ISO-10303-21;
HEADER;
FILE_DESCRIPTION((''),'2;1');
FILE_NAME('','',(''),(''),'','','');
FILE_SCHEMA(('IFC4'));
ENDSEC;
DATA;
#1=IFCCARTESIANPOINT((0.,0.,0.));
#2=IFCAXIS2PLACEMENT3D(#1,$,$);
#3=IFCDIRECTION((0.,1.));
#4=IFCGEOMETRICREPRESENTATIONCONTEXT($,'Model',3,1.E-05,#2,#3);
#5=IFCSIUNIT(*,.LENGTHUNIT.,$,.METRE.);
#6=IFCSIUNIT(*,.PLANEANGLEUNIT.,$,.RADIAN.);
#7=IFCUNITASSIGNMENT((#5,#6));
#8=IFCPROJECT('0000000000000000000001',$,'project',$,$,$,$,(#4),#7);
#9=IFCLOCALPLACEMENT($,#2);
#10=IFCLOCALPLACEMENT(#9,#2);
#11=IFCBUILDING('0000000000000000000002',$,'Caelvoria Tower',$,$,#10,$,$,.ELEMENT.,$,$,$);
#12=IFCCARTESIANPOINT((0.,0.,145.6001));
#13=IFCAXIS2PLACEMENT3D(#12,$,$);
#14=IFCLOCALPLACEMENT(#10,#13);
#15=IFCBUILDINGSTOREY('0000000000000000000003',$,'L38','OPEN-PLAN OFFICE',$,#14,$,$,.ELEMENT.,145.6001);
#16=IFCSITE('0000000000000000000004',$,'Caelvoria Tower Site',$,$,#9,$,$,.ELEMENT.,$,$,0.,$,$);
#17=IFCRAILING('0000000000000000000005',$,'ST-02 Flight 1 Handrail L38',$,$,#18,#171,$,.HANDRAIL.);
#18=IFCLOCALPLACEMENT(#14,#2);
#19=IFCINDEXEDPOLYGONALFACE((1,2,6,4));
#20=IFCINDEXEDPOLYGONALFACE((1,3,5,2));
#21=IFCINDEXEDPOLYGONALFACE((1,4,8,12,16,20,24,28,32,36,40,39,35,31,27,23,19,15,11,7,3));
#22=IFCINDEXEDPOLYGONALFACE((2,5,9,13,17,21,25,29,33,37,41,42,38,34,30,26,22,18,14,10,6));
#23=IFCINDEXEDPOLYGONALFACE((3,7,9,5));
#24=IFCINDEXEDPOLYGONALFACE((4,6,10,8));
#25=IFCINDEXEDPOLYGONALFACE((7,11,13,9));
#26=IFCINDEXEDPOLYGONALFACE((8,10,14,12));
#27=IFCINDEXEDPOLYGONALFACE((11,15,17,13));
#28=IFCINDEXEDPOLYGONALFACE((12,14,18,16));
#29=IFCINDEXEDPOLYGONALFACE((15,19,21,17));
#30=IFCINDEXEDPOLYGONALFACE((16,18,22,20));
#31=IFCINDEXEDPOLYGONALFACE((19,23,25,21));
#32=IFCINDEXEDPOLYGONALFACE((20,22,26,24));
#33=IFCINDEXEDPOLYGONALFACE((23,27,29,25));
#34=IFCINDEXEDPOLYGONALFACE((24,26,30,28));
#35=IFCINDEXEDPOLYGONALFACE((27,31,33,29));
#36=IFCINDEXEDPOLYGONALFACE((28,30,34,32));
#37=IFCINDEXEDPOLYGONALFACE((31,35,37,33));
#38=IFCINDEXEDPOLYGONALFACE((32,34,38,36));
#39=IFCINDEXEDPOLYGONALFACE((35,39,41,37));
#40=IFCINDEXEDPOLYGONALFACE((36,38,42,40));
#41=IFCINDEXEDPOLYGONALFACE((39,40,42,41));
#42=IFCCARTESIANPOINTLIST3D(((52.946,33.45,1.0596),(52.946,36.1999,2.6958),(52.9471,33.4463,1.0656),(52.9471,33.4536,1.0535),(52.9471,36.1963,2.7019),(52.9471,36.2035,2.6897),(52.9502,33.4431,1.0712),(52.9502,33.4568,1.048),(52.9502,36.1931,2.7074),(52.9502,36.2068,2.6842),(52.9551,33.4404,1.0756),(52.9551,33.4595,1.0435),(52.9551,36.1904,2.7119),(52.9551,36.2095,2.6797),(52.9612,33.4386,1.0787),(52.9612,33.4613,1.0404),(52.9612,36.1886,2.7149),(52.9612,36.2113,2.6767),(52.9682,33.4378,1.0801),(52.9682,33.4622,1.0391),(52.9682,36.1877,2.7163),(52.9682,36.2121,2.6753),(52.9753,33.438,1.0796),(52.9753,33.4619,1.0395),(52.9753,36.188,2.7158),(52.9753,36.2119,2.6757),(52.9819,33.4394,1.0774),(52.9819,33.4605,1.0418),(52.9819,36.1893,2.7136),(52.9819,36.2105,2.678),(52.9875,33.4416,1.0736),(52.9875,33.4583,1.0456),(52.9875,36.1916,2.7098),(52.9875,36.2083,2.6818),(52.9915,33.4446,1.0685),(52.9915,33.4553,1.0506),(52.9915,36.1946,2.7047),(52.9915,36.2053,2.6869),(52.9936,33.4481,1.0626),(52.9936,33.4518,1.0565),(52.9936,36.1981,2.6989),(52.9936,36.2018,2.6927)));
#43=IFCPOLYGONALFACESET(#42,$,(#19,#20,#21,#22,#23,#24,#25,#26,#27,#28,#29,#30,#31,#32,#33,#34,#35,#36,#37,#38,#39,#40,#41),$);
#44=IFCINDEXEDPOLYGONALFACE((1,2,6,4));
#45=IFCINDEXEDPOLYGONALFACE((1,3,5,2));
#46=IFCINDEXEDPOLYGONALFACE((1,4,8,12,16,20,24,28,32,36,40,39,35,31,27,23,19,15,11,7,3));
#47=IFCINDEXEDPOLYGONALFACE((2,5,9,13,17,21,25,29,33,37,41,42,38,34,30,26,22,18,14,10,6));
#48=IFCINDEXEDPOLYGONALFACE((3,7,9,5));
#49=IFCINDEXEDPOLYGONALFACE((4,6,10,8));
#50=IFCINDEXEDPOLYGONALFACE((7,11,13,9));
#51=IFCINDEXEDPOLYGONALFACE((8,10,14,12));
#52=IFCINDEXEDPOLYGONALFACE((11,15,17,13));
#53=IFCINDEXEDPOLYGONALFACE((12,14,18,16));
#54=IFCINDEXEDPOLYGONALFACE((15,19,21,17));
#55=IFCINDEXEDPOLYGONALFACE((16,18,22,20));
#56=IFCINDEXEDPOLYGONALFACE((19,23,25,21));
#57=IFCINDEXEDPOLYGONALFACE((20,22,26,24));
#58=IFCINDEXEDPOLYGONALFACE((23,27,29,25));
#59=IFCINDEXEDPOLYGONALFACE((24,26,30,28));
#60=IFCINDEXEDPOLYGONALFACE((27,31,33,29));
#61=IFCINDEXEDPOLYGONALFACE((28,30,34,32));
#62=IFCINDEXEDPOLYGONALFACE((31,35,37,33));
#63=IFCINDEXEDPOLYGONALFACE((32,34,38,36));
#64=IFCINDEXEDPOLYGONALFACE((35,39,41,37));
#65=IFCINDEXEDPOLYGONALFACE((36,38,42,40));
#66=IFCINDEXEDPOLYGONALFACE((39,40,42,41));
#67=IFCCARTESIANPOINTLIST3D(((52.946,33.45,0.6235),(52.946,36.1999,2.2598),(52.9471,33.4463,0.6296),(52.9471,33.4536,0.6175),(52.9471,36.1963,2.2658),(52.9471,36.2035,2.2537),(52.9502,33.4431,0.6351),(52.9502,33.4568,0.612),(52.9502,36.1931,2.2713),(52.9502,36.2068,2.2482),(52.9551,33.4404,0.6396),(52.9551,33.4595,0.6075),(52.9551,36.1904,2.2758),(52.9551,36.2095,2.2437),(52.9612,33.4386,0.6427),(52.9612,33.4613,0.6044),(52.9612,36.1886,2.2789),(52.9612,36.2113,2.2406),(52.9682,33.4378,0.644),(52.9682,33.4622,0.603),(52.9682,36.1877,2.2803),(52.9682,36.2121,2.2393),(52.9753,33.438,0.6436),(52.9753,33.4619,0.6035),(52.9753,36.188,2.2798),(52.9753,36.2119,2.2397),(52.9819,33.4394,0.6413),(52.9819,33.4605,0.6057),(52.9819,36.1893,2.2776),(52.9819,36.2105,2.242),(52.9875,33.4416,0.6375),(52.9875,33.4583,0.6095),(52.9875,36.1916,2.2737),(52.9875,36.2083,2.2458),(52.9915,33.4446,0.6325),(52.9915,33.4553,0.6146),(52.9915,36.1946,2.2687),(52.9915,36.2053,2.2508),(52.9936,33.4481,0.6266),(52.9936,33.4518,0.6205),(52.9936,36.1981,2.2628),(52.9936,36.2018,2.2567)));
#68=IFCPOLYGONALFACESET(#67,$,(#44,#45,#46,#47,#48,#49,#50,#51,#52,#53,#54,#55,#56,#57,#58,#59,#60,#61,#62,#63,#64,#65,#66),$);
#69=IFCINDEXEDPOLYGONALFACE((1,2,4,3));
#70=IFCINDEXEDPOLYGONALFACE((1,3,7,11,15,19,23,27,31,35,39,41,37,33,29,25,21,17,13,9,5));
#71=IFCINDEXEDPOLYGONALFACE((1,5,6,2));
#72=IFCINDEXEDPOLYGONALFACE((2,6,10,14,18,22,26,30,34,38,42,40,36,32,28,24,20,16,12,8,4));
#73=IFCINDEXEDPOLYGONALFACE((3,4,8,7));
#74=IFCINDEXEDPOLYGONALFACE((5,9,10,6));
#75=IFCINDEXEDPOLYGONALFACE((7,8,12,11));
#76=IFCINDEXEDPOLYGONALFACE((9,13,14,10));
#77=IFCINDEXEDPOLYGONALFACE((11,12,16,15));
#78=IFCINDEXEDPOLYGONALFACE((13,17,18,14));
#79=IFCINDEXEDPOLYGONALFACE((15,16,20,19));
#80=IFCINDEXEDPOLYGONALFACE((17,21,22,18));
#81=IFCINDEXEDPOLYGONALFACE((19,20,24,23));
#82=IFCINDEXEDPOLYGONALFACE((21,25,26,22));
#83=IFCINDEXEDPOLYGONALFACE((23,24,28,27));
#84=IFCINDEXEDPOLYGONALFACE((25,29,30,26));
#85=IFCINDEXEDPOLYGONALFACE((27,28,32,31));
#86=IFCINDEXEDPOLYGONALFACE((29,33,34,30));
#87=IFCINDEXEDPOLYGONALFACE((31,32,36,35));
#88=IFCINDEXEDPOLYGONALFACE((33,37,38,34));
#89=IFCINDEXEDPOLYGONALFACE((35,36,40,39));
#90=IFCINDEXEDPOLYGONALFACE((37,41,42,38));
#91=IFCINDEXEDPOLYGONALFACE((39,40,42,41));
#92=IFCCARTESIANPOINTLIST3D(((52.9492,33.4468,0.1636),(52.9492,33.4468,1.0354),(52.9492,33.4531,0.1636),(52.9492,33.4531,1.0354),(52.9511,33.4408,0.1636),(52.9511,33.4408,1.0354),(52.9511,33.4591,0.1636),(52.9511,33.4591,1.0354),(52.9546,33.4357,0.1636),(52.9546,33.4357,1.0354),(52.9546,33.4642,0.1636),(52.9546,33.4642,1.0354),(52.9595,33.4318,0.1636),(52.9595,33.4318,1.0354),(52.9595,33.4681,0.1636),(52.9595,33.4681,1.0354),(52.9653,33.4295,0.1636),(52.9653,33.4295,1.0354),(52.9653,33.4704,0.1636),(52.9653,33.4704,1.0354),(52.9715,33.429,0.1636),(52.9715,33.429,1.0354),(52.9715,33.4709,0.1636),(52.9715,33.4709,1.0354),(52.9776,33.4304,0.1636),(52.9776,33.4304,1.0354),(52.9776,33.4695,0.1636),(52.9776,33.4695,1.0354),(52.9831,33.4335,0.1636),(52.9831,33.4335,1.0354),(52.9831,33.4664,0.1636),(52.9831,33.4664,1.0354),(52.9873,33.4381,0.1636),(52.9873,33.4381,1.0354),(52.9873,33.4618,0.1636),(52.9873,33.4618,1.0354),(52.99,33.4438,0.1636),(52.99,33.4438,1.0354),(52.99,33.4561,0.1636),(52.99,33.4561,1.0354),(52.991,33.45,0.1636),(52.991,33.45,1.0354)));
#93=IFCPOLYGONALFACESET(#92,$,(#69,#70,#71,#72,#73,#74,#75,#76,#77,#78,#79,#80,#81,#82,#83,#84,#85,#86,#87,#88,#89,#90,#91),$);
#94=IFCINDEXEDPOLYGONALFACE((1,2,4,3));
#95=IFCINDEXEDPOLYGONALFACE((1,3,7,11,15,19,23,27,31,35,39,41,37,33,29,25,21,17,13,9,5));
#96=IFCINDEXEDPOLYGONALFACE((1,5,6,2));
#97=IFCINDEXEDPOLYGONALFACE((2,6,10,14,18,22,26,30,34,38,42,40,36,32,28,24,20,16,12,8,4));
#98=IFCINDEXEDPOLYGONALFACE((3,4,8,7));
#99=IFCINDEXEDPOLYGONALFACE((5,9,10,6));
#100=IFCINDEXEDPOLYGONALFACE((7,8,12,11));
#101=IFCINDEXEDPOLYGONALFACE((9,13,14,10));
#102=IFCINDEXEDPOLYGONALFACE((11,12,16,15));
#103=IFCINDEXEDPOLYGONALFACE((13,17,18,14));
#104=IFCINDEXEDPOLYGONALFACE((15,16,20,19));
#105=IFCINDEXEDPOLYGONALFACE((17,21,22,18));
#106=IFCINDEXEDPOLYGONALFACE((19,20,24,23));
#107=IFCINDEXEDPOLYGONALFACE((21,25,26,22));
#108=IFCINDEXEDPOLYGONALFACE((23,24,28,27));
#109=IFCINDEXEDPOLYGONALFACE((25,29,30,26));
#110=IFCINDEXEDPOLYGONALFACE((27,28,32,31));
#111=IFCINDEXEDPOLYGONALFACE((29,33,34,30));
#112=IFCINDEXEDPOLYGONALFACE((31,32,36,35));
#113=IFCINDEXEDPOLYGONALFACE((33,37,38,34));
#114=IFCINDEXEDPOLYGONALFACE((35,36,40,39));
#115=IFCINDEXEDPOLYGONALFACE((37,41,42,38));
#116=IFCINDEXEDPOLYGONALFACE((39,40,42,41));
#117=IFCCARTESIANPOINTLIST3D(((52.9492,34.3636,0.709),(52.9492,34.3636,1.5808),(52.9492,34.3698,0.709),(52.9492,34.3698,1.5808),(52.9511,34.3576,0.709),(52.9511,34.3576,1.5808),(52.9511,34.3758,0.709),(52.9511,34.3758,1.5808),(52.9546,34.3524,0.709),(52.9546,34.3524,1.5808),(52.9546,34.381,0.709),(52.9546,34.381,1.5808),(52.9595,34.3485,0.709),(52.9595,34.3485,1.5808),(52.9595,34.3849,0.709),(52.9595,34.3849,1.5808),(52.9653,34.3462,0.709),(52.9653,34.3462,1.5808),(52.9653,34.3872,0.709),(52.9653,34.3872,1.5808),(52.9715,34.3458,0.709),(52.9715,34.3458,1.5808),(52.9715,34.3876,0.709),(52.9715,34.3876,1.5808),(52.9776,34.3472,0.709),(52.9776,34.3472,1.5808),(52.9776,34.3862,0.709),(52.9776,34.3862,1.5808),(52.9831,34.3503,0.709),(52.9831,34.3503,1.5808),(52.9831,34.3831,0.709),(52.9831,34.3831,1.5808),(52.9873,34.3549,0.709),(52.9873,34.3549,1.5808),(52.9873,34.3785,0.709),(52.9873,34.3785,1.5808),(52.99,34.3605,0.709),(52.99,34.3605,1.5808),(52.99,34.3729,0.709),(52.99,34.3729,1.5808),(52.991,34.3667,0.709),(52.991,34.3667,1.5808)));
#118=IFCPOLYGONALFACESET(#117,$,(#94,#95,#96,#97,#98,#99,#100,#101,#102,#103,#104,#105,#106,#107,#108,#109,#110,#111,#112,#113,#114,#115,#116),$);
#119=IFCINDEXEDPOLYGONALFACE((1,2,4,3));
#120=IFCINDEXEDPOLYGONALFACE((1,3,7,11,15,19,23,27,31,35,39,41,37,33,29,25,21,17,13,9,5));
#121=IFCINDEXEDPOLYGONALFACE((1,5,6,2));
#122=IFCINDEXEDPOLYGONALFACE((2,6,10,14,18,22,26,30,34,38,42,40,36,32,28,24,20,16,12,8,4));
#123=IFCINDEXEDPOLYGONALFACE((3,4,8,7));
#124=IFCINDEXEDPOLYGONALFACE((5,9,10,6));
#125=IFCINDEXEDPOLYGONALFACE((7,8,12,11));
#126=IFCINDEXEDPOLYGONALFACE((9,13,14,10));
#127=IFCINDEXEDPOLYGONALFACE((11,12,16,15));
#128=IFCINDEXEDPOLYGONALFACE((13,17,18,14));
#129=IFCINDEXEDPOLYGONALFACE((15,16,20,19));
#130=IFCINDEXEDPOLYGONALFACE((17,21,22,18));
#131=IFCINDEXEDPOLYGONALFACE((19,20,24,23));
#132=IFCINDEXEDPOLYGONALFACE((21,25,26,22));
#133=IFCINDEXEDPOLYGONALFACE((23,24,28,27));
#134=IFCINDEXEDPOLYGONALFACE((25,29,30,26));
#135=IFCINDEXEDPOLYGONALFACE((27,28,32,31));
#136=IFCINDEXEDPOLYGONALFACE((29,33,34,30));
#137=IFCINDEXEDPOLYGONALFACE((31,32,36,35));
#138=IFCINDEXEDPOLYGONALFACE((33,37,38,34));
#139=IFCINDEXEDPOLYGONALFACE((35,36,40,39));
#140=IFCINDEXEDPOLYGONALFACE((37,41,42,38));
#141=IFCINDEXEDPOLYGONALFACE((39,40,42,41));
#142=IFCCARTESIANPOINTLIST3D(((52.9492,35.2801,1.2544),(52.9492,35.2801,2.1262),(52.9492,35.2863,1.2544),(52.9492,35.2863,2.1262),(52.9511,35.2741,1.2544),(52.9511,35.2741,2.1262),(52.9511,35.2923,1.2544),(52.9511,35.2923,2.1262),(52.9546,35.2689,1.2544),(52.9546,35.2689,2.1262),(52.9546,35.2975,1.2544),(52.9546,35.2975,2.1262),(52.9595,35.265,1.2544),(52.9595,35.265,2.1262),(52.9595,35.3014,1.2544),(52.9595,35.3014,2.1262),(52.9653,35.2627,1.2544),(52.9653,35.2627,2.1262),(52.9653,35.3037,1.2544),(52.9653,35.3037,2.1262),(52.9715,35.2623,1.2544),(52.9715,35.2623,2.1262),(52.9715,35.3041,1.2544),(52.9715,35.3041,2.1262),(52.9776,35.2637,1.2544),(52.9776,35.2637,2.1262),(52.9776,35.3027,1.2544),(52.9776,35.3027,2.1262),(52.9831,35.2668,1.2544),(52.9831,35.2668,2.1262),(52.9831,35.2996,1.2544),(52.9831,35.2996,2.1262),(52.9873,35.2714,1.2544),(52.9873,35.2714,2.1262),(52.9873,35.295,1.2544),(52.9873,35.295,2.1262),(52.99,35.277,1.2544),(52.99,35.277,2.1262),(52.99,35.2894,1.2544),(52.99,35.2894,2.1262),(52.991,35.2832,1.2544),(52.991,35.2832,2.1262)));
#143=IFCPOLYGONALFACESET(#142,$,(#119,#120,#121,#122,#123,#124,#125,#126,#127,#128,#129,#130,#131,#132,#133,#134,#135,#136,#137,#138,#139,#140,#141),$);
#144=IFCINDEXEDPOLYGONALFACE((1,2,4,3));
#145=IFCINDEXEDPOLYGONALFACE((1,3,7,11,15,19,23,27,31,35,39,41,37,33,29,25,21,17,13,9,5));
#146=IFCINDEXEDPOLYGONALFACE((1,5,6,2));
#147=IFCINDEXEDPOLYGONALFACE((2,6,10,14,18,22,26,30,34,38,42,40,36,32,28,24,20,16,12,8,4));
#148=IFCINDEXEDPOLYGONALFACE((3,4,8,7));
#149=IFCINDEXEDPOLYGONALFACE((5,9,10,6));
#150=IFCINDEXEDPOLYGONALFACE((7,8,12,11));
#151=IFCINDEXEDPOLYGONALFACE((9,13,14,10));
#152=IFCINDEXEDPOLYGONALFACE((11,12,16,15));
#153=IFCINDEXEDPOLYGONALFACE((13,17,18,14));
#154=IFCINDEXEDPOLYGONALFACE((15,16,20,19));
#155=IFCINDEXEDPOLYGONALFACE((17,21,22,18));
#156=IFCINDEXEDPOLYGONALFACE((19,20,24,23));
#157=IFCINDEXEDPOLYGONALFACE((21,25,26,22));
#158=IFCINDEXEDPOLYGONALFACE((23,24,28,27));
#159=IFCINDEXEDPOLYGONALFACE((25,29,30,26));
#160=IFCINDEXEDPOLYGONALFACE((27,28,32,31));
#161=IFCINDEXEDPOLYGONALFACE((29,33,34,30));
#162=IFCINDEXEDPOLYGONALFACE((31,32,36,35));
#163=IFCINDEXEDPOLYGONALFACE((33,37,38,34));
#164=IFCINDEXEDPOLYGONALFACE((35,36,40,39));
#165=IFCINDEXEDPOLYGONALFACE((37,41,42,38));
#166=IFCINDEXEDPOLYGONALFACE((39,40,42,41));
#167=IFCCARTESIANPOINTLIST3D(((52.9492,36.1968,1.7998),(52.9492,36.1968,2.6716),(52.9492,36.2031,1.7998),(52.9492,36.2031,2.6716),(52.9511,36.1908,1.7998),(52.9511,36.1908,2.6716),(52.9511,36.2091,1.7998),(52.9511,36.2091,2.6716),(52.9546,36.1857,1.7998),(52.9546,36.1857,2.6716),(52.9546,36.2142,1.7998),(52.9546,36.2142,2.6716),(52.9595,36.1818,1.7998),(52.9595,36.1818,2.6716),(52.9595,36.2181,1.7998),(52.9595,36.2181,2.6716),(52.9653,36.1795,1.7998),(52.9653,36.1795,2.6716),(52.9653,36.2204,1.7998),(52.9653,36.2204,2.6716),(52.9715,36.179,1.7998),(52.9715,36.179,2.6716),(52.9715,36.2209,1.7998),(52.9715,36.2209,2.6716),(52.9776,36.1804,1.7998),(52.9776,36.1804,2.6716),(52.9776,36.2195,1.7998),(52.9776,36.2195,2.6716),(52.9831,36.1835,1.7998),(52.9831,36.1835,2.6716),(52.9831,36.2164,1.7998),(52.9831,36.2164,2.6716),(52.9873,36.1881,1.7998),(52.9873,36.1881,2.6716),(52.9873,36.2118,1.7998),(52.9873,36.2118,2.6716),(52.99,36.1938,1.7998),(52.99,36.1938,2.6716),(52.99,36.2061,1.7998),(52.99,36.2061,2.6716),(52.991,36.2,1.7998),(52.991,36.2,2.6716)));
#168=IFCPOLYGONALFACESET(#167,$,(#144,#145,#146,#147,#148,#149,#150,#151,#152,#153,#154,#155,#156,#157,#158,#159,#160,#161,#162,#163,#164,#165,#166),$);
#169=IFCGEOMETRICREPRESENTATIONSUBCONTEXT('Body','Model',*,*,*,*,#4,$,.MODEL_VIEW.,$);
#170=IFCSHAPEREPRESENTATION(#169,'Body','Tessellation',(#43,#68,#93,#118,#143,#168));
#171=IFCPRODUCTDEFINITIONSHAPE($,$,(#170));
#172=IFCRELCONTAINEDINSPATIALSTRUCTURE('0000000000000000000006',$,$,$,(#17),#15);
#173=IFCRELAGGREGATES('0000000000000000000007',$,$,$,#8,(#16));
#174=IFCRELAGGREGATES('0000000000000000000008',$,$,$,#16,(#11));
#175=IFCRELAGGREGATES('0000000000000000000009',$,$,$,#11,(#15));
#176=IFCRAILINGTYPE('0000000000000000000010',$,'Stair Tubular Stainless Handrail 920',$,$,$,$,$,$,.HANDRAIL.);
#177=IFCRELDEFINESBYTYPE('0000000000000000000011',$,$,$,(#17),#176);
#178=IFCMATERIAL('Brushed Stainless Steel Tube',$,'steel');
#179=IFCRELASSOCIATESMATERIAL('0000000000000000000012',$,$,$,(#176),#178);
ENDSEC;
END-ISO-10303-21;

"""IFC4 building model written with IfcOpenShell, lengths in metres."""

from ifc_helpers import new_model, si_unit, direction, frame, origin, origin_2d, place, context, subcontext, project, spatial, circle, extrude, material, type_object, element, save


model = new_model("IFC4")

# Units and contexts
model_context = context("Model", 3, precision=1e-05, world=origin(), true_north=direction((0.0, 1.0)))
body_context = subcontext(model_context, "Body", "Model", "MODEL_VIEW")
ifc_project = project(units=[si_unit("LENGTHUNIT", "METRE"), si_unit("PLANEANGLEUNIT", "RADIAN")], contexts=[model_context])

# Site, building, storey
site_placement = place(None, origin())
site = spatial("IfcSite", under=ifc_project, at=site_placement, Name="Caelvoria Tower Site", CompositionType="ELEMENT", RefElevation=0.0)
building_placement = place(site_placement, origin())
building = spatial("IfcBuilding", under=site, at=building_placement, Name="Caelvoria Tower", CompositionType="ELEMENT")
storey_placement = place(building_placement, frame((0.0, 0.0, 145.6001)))
storey = spatial("IfcBuildingStorey", under=building, at=storey_placement, Name="L38", Description="OPEN-PLAN OFFICE", CompositionType="ELEMENT", Elevation=145.6001)

# Railing
ifc_material_1 = material(Name="Brushed Stainless Steel Tube", Category="steel")
railing_type_1 = type_object("IfcRailingType", Name="Stair Tubular Stainless Handrail 920", PredefinedType="HANDRAIL", material=ifc_material_1)
railing_1_placement = place(storey_placement, frame((52.97, 33.45, 0.1636)))
element("IfcRailing", 1, at=railing_1_placement, inside=storey, type_object=railing_type_1, Name="ST-02 Flight 1 Handrail L38", PredefinedType="HANDRAIL", context=body_context, shape_type="SweptSolid", body=[
    extrude(circle(Radius=0.0239, at=origin_2d()), frame((0.0, 0.0, 0.896), z_axis=(0.0, 0.859385, 0.511328), x_axis=(-1.0, 0.0, 0.0)), (0.0, 0.0, 1.0), 3.2),
    extrude(circle(Radius=0.0239, at=origin_2d()), frame((0.0, 0.0, 0.46), z_axis=(0.0, 0.859385, 0.511328), x_axis=(-1.0, 0.0, 0.0)), (0.0, 0.0, 1.0), 3.2),
    extrude(circle(Radius=0.021, at=origin_2d()), origin(), (0.0, 0.0, 1.0), 0.8718),
    extrude(circle(Radius=0.021, at=origin_2d()), frame((0.0, 0.9167, 0.5454)), (0.0, 0.0, 1.0), 0.8718),
    extrude(circle(Radius=0.021, at=origin_2d()), frame((0.0, 1.8333, 1.0908)), (0.0, 0.0, 1.0), 0.8718),
    extrude(circle(Radius=0.021, at=origin_2d()), frame((0.0, 2.75, 1.6362)), (0.0, 0.0, 1.0), 0.8718),
])

save(model, "model.ifc")
